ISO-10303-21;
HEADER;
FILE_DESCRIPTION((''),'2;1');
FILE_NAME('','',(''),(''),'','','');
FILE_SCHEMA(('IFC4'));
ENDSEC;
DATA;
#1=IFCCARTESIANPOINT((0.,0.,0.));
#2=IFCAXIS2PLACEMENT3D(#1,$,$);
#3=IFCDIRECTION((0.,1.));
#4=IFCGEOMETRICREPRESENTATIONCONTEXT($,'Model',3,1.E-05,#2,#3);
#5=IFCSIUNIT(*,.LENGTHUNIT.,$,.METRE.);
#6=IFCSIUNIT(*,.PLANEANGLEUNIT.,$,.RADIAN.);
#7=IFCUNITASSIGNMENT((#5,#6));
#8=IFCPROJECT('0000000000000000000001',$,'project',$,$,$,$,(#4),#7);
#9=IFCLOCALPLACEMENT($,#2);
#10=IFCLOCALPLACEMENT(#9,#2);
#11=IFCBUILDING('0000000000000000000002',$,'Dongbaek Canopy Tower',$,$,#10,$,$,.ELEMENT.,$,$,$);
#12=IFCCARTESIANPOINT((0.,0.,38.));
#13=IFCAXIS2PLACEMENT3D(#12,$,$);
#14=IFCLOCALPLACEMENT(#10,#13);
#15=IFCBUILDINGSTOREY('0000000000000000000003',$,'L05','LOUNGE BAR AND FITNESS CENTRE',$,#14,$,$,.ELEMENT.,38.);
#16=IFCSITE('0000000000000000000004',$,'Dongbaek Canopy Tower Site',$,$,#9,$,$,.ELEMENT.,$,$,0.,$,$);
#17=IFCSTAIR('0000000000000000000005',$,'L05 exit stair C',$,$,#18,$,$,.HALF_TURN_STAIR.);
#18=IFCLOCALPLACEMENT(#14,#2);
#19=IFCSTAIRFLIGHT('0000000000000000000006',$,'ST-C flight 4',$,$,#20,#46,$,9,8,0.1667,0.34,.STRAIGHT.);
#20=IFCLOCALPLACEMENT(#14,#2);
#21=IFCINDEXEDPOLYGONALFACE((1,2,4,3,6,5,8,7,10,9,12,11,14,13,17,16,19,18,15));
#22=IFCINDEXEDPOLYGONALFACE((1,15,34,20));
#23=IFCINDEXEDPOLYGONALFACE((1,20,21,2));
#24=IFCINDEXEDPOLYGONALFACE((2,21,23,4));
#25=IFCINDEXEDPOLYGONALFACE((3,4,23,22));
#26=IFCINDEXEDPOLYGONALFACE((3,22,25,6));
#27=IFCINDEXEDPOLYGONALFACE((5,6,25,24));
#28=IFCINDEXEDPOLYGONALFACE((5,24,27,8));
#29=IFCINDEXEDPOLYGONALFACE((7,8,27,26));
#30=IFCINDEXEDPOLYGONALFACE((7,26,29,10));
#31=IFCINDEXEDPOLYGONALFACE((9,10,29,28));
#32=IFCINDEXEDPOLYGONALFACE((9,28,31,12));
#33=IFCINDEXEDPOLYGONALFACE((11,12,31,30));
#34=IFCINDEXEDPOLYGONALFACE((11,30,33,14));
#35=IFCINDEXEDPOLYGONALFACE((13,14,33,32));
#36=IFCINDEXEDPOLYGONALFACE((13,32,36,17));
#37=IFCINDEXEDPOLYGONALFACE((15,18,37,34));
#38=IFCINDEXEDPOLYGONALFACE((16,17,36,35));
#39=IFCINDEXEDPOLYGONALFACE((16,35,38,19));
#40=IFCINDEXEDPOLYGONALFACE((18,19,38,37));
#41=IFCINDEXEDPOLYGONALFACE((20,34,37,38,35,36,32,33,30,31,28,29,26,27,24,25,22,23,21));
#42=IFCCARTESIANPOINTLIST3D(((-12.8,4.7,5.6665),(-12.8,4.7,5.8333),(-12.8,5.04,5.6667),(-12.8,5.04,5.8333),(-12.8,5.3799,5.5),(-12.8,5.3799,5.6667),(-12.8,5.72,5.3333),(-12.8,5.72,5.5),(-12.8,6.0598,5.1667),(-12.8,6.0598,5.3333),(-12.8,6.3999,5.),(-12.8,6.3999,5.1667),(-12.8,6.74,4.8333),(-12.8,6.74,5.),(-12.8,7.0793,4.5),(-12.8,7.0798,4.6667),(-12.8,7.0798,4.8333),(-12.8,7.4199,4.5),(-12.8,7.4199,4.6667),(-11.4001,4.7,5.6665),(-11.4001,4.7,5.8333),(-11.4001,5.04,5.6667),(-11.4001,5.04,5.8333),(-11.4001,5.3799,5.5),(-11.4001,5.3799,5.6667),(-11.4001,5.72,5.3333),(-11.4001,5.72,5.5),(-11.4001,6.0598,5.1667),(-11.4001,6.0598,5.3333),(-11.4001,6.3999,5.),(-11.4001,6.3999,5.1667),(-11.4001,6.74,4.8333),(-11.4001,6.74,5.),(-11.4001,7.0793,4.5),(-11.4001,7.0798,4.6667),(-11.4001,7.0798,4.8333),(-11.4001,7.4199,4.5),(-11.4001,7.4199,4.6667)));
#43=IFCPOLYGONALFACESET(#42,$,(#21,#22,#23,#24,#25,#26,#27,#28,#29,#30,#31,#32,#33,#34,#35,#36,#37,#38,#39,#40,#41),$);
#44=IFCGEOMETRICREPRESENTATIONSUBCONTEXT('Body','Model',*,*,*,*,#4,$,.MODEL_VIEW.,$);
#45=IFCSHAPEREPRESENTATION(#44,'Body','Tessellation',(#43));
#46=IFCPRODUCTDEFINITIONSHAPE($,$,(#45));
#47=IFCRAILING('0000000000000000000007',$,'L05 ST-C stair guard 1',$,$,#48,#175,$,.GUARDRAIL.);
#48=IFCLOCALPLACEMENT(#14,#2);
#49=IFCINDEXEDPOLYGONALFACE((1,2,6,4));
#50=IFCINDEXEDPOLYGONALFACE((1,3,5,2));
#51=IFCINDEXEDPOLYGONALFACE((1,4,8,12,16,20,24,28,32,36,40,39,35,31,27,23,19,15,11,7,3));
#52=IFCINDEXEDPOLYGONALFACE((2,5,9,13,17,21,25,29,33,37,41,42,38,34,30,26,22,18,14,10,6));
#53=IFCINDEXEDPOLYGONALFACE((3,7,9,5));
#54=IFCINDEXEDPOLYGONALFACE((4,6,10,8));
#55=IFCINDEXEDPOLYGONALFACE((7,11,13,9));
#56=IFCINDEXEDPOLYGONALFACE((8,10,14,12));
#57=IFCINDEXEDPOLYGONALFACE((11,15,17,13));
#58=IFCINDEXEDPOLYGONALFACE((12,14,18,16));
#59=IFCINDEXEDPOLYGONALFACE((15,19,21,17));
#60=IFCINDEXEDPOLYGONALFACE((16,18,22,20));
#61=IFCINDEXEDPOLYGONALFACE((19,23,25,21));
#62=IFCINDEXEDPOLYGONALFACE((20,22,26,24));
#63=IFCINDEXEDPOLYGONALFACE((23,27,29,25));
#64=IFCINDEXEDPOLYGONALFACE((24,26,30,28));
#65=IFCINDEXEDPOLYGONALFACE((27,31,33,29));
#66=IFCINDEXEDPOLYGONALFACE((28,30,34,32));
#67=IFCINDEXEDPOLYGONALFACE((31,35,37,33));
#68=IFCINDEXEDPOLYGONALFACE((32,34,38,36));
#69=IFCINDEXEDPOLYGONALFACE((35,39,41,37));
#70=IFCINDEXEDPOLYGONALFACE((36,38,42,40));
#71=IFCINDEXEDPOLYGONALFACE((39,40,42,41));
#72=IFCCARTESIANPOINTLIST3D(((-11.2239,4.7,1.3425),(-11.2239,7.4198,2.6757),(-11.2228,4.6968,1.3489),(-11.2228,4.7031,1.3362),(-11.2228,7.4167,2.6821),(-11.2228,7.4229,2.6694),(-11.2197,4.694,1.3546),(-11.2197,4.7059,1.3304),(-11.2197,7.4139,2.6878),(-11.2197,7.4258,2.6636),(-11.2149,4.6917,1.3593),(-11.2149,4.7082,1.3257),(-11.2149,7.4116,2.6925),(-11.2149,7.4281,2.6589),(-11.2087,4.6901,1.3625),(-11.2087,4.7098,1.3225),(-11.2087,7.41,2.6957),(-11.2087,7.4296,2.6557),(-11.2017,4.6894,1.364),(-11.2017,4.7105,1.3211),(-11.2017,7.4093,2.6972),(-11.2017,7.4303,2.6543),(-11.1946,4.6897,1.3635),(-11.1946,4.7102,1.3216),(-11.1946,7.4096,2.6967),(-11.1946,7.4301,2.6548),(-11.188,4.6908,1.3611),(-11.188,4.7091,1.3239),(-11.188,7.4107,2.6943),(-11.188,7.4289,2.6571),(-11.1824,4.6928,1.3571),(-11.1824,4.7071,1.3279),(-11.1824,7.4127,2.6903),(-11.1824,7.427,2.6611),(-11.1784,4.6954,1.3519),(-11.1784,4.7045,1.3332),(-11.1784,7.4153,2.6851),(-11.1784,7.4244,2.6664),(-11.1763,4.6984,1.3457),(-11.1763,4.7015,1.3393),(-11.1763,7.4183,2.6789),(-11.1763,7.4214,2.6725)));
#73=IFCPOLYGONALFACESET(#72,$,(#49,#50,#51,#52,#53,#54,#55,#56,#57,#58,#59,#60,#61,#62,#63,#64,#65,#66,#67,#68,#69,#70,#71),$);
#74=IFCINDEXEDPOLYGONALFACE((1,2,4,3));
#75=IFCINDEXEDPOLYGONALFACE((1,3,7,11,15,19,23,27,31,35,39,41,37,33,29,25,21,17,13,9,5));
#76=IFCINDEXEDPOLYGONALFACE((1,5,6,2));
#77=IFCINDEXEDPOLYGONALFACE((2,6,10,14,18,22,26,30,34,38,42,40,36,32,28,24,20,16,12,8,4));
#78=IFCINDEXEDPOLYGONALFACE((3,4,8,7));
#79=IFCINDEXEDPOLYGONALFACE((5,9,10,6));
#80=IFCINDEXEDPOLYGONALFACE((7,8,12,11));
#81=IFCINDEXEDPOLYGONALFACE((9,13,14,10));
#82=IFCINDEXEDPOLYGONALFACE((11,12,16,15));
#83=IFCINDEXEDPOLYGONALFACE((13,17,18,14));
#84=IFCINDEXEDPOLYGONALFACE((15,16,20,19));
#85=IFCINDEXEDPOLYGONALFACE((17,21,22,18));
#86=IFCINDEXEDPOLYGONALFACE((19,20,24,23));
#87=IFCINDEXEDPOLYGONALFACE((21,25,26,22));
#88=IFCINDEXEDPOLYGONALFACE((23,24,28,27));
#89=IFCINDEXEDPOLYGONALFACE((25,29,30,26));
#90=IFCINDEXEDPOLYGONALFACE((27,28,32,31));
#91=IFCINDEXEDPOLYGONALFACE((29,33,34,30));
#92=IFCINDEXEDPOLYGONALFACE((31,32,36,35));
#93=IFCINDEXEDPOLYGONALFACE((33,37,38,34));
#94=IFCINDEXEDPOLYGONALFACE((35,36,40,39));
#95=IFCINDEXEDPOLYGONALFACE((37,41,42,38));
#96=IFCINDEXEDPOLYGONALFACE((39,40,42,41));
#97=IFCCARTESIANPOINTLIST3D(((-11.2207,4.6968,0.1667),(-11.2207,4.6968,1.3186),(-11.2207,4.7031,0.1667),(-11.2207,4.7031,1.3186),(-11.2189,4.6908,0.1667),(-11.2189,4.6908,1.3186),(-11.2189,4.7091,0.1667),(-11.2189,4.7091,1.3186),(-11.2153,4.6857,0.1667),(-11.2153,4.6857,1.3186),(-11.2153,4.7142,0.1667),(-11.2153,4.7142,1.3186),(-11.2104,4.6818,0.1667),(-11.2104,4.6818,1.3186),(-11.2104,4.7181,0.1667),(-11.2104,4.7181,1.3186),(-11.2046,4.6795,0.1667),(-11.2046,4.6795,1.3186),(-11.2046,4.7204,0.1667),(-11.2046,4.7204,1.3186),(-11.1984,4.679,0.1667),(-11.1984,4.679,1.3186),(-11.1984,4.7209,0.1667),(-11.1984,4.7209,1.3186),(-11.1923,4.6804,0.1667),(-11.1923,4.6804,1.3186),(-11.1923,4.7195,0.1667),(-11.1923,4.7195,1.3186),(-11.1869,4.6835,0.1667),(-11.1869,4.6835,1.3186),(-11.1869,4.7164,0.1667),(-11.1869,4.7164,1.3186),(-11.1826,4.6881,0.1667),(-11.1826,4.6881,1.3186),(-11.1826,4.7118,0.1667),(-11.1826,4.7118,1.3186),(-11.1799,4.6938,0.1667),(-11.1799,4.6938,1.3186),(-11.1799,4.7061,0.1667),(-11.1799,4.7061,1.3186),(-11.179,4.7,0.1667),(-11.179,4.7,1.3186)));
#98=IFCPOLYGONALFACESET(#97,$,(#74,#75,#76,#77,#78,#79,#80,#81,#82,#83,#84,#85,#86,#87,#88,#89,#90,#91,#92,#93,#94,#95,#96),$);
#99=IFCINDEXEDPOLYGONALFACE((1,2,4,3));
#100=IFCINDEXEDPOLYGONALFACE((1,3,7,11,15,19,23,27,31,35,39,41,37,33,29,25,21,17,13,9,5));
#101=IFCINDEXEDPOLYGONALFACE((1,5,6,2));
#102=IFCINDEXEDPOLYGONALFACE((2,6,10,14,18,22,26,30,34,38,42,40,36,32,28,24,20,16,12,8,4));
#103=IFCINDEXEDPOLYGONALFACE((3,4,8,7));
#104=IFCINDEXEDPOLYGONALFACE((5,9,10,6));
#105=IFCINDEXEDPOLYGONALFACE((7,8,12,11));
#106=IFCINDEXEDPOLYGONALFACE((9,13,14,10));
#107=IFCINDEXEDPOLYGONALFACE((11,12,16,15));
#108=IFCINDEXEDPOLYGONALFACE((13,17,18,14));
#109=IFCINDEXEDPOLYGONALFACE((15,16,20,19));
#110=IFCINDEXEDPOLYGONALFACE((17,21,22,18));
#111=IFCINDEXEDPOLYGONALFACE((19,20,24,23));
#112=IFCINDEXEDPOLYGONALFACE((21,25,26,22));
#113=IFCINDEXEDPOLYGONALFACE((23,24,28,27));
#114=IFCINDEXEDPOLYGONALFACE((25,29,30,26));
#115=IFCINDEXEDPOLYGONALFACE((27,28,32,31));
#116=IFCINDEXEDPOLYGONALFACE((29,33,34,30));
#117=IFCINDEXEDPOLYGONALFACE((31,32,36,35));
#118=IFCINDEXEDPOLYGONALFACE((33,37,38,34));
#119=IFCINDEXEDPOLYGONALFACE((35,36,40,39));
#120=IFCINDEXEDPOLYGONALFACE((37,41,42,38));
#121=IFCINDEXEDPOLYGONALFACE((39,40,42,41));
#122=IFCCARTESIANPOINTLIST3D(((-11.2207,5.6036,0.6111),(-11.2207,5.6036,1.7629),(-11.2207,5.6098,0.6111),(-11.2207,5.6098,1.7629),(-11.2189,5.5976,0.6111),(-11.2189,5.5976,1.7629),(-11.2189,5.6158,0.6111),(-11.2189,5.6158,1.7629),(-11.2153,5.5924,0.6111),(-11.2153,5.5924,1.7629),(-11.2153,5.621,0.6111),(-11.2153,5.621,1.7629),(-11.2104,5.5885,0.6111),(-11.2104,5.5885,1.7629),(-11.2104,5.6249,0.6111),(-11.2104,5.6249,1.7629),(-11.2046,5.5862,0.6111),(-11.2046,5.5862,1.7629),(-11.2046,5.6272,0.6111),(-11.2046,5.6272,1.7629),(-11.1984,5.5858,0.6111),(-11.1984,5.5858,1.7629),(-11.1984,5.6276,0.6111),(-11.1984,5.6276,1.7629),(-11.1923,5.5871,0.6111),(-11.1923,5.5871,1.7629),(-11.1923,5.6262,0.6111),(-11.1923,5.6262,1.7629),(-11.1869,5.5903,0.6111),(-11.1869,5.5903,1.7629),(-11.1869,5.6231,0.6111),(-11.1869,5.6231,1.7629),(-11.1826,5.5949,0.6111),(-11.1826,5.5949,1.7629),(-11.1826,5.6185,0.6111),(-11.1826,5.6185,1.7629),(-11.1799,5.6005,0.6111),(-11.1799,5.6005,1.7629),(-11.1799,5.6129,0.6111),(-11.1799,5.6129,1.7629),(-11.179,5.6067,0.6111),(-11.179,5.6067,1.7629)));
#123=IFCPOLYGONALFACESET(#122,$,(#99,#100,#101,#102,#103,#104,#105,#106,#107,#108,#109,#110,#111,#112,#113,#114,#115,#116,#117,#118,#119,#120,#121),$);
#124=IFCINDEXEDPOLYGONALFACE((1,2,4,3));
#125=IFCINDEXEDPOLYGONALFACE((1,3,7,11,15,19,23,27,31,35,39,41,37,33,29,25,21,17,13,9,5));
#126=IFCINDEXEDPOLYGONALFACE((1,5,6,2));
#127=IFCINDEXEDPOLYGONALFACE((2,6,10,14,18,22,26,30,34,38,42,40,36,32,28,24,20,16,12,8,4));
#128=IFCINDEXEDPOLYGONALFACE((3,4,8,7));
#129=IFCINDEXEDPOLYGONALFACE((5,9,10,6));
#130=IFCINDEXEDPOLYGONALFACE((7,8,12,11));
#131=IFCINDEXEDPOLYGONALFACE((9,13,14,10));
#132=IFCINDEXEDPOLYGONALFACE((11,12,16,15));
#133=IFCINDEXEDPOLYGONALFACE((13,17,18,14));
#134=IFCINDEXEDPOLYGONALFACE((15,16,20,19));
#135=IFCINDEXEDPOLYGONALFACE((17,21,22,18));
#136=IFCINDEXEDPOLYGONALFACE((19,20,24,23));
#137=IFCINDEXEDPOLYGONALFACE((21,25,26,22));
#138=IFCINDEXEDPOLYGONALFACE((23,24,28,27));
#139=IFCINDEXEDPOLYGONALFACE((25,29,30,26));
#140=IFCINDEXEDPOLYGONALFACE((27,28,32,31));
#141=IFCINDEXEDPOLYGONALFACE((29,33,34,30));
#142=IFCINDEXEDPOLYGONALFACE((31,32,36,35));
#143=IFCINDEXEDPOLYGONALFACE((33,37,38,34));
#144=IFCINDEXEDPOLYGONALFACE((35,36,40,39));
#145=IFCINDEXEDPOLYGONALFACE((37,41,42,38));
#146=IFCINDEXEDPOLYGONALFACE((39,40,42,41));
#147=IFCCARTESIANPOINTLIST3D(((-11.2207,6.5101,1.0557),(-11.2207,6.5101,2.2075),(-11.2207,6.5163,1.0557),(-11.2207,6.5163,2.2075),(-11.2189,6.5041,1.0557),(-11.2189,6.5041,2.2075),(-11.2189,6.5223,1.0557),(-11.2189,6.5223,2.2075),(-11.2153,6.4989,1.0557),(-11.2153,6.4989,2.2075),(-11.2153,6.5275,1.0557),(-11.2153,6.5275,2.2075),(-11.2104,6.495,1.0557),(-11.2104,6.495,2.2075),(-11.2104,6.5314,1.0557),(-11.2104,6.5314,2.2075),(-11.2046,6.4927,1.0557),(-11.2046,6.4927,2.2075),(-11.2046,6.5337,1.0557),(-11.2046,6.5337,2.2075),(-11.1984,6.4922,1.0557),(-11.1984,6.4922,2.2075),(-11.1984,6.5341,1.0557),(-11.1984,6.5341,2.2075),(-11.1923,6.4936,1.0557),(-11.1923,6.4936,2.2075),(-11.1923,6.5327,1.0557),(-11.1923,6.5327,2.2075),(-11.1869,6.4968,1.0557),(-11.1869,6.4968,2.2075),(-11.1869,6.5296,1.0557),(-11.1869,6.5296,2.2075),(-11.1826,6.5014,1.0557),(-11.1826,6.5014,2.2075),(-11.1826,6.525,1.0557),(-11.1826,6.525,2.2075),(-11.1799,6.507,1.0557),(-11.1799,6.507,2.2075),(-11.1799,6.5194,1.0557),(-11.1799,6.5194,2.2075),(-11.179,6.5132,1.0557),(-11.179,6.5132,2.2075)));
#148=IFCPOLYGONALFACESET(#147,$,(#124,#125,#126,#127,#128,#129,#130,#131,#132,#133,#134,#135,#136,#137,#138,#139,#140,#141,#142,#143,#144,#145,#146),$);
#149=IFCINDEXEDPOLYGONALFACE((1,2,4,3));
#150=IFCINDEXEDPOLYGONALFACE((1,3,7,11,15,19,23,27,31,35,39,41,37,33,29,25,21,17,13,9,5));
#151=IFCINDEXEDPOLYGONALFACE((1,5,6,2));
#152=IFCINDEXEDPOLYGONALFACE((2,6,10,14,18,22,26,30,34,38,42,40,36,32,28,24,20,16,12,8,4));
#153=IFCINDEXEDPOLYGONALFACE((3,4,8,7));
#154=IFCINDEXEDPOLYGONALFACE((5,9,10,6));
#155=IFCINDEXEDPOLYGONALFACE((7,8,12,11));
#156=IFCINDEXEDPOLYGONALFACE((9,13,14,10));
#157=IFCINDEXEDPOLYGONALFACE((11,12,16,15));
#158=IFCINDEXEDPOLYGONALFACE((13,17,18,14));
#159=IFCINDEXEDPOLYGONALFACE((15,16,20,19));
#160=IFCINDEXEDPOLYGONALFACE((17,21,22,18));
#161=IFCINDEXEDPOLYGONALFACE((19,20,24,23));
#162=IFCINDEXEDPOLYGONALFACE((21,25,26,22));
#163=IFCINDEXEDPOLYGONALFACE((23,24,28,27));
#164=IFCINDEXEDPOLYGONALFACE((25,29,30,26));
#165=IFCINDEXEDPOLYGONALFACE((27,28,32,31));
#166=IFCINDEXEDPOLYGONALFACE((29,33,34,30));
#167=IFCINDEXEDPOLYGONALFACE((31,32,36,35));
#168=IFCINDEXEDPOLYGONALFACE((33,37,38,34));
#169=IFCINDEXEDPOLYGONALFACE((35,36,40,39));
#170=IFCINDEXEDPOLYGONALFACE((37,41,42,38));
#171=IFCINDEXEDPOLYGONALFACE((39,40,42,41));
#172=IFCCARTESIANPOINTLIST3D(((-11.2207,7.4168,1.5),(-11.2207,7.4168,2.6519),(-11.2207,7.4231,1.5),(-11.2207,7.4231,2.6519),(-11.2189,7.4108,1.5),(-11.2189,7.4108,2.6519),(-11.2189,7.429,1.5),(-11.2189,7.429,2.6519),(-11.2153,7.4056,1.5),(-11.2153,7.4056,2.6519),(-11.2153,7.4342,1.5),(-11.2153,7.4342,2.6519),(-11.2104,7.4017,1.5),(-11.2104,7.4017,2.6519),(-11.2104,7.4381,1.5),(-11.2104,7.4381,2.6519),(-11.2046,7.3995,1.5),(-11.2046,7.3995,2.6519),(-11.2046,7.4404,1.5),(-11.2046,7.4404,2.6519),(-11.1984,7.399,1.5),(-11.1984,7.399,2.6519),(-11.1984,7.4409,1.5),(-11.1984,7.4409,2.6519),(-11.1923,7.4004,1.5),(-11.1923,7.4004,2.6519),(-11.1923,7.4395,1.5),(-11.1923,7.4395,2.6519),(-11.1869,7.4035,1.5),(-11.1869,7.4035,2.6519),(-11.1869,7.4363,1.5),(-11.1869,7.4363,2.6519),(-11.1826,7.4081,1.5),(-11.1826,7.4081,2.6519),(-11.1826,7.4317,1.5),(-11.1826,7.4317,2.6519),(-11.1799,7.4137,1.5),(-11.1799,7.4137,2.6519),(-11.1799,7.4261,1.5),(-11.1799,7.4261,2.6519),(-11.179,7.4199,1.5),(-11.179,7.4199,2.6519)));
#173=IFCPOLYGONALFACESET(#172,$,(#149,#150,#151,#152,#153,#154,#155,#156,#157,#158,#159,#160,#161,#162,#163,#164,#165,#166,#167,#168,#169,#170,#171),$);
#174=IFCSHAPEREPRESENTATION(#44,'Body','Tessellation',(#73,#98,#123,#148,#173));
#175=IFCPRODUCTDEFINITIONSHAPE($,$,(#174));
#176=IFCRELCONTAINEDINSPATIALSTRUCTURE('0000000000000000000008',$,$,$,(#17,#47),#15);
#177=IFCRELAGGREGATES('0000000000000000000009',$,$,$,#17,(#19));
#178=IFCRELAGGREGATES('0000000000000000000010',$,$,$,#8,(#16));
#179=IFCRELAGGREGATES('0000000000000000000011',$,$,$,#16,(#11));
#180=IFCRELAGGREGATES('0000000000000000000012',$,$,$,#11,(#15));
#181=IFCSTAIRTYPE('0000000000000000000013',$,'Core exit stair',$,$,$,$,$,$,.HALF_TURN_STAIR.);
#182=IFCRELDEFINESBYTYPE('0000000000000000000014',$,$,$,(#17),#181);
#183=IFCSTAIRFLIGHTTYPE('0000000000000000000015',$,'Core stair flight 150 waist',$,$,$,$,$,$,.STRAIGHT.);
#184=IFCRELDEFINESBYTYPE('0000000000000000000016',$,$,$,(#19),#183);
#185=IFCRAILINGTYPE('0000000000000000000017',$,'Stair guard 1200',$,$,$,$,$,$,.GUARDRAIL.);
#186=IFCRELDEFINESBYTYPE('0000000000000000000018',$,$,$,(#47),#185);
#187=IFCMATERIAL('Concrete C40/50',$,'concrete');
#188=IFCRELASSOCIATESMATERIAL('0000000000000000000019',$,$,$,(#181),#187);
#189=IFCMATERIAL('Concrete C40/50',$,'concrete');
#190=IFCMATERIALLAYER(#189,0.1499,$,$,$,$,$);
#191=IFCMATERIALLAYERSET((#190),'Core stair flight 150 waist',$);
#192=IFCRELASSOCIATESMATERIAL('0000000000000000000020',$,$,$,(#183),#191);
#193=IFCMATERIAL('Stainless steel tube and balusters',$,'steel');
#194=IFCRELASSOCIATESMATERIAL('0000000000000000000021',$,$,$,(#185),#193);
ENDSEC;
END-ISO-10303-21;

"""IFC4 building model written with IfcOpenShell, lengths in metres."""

from ifc_helpers import new_model, si_unit, direction, frame, origin, origin_2d, place, context, subcontext, project, spatial, polyline, circle, outline, extrude, material, layer, layer_set, type_object, element, aggregate, save


model = new_model("IFC4")

# Units and contexts
model_context = context("Model", 3, precision=1e-05, world=origin(), true_north=direction((0.0, 1.0)))
body_context = subcontext(model_context, "Body", "Model", "MODEL_VIEW")
ifc_project = project(units=[si_unit("LENGTHUNIT", "METRE"), si_unit("PLANEANGLEUNIT", "RADIAN")], contexts=[model_context])

# Site, building, storey
site_placement = place(None, origin())
site = spatial("IfcSite", under=ifc_project, at=site_placement, Name="Dongbaek Canopy Tower Site", CompositionType="ELEMENT", RefElevation=0.0)
building_placement = place(site_placement, origin())
building = spatial("IfcBuilding", under=site, at=building_placement, Name="Dongbaek Canopy Tower", CompositionType="ELEMENT")
storey_placement = place(building_placement, frame((0.0, 0.0, 38.0)))
storey = spatial("IfcBuildingStorey", under=building, at=storey_placement, Name="L05", Description="LOUNGE BAR AND FITNESS CENTRE", CompositionType="ELEMENT", Elevation=38.0)

# Stair, stair flight
ifc_material_1 = material(Name="Concrete C40/50", Category="concrete")
stair_type = type_object("IfcStairType", Name="Core exit stair", PredefinedType="HALF_TURN_STAIR", material=ifc_material_1)
stair_placement = place(storey_placement, origin())
stair = element("IfcStair", 1, at=stair_placement, inside=storey, type_object=stair_type, Name="L05 exit stair C", PredefinedType="HALF_TURN_STAIR")
ifc_material_2 = material(Name="Concrete C40/50", Category="concrete")
ifc_layer_1 = layer(ifc_material_2, 0.1499)
ifc_layer_set_1 = layer_set([ifc_layer_1], Name="Core stair flight 150 waist")
stair_flight_type = type_object("IfcStairFlightType", Name="Core stair flight 150 waist", PredefinedType="STRAIGHT", material=ifc_layer_set_1)
stair_flight_1_placement = place(storey_placement, frame((-12.1001, 7.4199, 4.5), z_axis=(0.0, 0.0, 1.0), x_axis=(0.0, -1.0, 0.0)))
stair_flight_1 = element("IfcStairFlight", 2, at=stair_flight_1_placement, type_object=stair_flight_type, Name="ST-C flight 4", NumberOfRisers=9, NumberOfTreads=8, PredefinedType="STRAIGHT", RiserHeight=0.1667, TreadLength=0.34, context=body_context, shape_type="SweptSolid", body=[
    extrude(outline(polyline([(0.0, 0.0), (0.0, 0.1667), (0.3401, 0.1667), (0.3401, 0.3333), (0.6799, 0.3333), (0.6799, 0.5), (1.02, 0.5), (1.02, 0.6667), (1.3601, 0.6667), (1.3601, 0.8333), (1.7, 0.8333), (1.7, 1.0), (2.04, 1.0), (2.04, 1.1667), (2.3799, 1.1667), (2.3799, 1.3333), (2.72, 1.3333), (2.72, 1.5), (2.72, 1.1665), (0.3406, 0.0), (0.0, 0.0)])), frame((0.0, 0.7, 0.0), z_axis=(0.0, -1.0, 0.0), x_axis=(1.0, 0.0, 0.0)), (0.0, 0.0, 1.0), 1.3999),
])
aggregate(stair, [stair_flight_1])

# Railing
ifc_material_3 = material(Name="Stainless steel tube and balusters", Category="steel")
railing_type_1 = type_object("IfcRailingType", Name="Stair guard 1200", PredefinedType="GUARDRAIL", material=ifc_material_3)
railing_1_placement = place(storey_placement, frame((-11.2, 4.7, 0.1667)))
element("IfcRailing", 3, at=railing_1_placement, inside=storey, type_object=railing_type_1, Name="L05 ST-C stair guard 1", PredefinedType="GUARDRAIL", context=body_context, shape_type="SweptSolid", body=[
    extrude(circle(Radius=0.0239, at=origin_2d()), frame((0.0, 0.0, 1.1758), z_axis=(0.0, 0.897929, 0.440139), x_axis=(-1.0, 0.0, 0.0)), (0.0, 0.0, 1.0), 3.0291),
    extrude(circle(Radius=0.021, at=origin_2d()), origin(), (0.0, 0.0, 1.0), 1.1519),
    extrude(circle(Radius=0.021, at=origin_2d()), frame((0.0, 0.9067, 0.4443)), (0.0, 0.0, 1.0), 1.1519),
    extrude(circle(Radius=0.021, at=origin_2d()), frame((0.0, 1.8132, 0.8889)), (0.0, 0.0, 1.0), 1.1519),
    extrude(circle(Radius=0.021, at=origin_2d()), frame((0.0, 2.72, 1.3333)), (0.0, 0.0, 1.0), 1.1519),
])

save(model, "model.ifc")
